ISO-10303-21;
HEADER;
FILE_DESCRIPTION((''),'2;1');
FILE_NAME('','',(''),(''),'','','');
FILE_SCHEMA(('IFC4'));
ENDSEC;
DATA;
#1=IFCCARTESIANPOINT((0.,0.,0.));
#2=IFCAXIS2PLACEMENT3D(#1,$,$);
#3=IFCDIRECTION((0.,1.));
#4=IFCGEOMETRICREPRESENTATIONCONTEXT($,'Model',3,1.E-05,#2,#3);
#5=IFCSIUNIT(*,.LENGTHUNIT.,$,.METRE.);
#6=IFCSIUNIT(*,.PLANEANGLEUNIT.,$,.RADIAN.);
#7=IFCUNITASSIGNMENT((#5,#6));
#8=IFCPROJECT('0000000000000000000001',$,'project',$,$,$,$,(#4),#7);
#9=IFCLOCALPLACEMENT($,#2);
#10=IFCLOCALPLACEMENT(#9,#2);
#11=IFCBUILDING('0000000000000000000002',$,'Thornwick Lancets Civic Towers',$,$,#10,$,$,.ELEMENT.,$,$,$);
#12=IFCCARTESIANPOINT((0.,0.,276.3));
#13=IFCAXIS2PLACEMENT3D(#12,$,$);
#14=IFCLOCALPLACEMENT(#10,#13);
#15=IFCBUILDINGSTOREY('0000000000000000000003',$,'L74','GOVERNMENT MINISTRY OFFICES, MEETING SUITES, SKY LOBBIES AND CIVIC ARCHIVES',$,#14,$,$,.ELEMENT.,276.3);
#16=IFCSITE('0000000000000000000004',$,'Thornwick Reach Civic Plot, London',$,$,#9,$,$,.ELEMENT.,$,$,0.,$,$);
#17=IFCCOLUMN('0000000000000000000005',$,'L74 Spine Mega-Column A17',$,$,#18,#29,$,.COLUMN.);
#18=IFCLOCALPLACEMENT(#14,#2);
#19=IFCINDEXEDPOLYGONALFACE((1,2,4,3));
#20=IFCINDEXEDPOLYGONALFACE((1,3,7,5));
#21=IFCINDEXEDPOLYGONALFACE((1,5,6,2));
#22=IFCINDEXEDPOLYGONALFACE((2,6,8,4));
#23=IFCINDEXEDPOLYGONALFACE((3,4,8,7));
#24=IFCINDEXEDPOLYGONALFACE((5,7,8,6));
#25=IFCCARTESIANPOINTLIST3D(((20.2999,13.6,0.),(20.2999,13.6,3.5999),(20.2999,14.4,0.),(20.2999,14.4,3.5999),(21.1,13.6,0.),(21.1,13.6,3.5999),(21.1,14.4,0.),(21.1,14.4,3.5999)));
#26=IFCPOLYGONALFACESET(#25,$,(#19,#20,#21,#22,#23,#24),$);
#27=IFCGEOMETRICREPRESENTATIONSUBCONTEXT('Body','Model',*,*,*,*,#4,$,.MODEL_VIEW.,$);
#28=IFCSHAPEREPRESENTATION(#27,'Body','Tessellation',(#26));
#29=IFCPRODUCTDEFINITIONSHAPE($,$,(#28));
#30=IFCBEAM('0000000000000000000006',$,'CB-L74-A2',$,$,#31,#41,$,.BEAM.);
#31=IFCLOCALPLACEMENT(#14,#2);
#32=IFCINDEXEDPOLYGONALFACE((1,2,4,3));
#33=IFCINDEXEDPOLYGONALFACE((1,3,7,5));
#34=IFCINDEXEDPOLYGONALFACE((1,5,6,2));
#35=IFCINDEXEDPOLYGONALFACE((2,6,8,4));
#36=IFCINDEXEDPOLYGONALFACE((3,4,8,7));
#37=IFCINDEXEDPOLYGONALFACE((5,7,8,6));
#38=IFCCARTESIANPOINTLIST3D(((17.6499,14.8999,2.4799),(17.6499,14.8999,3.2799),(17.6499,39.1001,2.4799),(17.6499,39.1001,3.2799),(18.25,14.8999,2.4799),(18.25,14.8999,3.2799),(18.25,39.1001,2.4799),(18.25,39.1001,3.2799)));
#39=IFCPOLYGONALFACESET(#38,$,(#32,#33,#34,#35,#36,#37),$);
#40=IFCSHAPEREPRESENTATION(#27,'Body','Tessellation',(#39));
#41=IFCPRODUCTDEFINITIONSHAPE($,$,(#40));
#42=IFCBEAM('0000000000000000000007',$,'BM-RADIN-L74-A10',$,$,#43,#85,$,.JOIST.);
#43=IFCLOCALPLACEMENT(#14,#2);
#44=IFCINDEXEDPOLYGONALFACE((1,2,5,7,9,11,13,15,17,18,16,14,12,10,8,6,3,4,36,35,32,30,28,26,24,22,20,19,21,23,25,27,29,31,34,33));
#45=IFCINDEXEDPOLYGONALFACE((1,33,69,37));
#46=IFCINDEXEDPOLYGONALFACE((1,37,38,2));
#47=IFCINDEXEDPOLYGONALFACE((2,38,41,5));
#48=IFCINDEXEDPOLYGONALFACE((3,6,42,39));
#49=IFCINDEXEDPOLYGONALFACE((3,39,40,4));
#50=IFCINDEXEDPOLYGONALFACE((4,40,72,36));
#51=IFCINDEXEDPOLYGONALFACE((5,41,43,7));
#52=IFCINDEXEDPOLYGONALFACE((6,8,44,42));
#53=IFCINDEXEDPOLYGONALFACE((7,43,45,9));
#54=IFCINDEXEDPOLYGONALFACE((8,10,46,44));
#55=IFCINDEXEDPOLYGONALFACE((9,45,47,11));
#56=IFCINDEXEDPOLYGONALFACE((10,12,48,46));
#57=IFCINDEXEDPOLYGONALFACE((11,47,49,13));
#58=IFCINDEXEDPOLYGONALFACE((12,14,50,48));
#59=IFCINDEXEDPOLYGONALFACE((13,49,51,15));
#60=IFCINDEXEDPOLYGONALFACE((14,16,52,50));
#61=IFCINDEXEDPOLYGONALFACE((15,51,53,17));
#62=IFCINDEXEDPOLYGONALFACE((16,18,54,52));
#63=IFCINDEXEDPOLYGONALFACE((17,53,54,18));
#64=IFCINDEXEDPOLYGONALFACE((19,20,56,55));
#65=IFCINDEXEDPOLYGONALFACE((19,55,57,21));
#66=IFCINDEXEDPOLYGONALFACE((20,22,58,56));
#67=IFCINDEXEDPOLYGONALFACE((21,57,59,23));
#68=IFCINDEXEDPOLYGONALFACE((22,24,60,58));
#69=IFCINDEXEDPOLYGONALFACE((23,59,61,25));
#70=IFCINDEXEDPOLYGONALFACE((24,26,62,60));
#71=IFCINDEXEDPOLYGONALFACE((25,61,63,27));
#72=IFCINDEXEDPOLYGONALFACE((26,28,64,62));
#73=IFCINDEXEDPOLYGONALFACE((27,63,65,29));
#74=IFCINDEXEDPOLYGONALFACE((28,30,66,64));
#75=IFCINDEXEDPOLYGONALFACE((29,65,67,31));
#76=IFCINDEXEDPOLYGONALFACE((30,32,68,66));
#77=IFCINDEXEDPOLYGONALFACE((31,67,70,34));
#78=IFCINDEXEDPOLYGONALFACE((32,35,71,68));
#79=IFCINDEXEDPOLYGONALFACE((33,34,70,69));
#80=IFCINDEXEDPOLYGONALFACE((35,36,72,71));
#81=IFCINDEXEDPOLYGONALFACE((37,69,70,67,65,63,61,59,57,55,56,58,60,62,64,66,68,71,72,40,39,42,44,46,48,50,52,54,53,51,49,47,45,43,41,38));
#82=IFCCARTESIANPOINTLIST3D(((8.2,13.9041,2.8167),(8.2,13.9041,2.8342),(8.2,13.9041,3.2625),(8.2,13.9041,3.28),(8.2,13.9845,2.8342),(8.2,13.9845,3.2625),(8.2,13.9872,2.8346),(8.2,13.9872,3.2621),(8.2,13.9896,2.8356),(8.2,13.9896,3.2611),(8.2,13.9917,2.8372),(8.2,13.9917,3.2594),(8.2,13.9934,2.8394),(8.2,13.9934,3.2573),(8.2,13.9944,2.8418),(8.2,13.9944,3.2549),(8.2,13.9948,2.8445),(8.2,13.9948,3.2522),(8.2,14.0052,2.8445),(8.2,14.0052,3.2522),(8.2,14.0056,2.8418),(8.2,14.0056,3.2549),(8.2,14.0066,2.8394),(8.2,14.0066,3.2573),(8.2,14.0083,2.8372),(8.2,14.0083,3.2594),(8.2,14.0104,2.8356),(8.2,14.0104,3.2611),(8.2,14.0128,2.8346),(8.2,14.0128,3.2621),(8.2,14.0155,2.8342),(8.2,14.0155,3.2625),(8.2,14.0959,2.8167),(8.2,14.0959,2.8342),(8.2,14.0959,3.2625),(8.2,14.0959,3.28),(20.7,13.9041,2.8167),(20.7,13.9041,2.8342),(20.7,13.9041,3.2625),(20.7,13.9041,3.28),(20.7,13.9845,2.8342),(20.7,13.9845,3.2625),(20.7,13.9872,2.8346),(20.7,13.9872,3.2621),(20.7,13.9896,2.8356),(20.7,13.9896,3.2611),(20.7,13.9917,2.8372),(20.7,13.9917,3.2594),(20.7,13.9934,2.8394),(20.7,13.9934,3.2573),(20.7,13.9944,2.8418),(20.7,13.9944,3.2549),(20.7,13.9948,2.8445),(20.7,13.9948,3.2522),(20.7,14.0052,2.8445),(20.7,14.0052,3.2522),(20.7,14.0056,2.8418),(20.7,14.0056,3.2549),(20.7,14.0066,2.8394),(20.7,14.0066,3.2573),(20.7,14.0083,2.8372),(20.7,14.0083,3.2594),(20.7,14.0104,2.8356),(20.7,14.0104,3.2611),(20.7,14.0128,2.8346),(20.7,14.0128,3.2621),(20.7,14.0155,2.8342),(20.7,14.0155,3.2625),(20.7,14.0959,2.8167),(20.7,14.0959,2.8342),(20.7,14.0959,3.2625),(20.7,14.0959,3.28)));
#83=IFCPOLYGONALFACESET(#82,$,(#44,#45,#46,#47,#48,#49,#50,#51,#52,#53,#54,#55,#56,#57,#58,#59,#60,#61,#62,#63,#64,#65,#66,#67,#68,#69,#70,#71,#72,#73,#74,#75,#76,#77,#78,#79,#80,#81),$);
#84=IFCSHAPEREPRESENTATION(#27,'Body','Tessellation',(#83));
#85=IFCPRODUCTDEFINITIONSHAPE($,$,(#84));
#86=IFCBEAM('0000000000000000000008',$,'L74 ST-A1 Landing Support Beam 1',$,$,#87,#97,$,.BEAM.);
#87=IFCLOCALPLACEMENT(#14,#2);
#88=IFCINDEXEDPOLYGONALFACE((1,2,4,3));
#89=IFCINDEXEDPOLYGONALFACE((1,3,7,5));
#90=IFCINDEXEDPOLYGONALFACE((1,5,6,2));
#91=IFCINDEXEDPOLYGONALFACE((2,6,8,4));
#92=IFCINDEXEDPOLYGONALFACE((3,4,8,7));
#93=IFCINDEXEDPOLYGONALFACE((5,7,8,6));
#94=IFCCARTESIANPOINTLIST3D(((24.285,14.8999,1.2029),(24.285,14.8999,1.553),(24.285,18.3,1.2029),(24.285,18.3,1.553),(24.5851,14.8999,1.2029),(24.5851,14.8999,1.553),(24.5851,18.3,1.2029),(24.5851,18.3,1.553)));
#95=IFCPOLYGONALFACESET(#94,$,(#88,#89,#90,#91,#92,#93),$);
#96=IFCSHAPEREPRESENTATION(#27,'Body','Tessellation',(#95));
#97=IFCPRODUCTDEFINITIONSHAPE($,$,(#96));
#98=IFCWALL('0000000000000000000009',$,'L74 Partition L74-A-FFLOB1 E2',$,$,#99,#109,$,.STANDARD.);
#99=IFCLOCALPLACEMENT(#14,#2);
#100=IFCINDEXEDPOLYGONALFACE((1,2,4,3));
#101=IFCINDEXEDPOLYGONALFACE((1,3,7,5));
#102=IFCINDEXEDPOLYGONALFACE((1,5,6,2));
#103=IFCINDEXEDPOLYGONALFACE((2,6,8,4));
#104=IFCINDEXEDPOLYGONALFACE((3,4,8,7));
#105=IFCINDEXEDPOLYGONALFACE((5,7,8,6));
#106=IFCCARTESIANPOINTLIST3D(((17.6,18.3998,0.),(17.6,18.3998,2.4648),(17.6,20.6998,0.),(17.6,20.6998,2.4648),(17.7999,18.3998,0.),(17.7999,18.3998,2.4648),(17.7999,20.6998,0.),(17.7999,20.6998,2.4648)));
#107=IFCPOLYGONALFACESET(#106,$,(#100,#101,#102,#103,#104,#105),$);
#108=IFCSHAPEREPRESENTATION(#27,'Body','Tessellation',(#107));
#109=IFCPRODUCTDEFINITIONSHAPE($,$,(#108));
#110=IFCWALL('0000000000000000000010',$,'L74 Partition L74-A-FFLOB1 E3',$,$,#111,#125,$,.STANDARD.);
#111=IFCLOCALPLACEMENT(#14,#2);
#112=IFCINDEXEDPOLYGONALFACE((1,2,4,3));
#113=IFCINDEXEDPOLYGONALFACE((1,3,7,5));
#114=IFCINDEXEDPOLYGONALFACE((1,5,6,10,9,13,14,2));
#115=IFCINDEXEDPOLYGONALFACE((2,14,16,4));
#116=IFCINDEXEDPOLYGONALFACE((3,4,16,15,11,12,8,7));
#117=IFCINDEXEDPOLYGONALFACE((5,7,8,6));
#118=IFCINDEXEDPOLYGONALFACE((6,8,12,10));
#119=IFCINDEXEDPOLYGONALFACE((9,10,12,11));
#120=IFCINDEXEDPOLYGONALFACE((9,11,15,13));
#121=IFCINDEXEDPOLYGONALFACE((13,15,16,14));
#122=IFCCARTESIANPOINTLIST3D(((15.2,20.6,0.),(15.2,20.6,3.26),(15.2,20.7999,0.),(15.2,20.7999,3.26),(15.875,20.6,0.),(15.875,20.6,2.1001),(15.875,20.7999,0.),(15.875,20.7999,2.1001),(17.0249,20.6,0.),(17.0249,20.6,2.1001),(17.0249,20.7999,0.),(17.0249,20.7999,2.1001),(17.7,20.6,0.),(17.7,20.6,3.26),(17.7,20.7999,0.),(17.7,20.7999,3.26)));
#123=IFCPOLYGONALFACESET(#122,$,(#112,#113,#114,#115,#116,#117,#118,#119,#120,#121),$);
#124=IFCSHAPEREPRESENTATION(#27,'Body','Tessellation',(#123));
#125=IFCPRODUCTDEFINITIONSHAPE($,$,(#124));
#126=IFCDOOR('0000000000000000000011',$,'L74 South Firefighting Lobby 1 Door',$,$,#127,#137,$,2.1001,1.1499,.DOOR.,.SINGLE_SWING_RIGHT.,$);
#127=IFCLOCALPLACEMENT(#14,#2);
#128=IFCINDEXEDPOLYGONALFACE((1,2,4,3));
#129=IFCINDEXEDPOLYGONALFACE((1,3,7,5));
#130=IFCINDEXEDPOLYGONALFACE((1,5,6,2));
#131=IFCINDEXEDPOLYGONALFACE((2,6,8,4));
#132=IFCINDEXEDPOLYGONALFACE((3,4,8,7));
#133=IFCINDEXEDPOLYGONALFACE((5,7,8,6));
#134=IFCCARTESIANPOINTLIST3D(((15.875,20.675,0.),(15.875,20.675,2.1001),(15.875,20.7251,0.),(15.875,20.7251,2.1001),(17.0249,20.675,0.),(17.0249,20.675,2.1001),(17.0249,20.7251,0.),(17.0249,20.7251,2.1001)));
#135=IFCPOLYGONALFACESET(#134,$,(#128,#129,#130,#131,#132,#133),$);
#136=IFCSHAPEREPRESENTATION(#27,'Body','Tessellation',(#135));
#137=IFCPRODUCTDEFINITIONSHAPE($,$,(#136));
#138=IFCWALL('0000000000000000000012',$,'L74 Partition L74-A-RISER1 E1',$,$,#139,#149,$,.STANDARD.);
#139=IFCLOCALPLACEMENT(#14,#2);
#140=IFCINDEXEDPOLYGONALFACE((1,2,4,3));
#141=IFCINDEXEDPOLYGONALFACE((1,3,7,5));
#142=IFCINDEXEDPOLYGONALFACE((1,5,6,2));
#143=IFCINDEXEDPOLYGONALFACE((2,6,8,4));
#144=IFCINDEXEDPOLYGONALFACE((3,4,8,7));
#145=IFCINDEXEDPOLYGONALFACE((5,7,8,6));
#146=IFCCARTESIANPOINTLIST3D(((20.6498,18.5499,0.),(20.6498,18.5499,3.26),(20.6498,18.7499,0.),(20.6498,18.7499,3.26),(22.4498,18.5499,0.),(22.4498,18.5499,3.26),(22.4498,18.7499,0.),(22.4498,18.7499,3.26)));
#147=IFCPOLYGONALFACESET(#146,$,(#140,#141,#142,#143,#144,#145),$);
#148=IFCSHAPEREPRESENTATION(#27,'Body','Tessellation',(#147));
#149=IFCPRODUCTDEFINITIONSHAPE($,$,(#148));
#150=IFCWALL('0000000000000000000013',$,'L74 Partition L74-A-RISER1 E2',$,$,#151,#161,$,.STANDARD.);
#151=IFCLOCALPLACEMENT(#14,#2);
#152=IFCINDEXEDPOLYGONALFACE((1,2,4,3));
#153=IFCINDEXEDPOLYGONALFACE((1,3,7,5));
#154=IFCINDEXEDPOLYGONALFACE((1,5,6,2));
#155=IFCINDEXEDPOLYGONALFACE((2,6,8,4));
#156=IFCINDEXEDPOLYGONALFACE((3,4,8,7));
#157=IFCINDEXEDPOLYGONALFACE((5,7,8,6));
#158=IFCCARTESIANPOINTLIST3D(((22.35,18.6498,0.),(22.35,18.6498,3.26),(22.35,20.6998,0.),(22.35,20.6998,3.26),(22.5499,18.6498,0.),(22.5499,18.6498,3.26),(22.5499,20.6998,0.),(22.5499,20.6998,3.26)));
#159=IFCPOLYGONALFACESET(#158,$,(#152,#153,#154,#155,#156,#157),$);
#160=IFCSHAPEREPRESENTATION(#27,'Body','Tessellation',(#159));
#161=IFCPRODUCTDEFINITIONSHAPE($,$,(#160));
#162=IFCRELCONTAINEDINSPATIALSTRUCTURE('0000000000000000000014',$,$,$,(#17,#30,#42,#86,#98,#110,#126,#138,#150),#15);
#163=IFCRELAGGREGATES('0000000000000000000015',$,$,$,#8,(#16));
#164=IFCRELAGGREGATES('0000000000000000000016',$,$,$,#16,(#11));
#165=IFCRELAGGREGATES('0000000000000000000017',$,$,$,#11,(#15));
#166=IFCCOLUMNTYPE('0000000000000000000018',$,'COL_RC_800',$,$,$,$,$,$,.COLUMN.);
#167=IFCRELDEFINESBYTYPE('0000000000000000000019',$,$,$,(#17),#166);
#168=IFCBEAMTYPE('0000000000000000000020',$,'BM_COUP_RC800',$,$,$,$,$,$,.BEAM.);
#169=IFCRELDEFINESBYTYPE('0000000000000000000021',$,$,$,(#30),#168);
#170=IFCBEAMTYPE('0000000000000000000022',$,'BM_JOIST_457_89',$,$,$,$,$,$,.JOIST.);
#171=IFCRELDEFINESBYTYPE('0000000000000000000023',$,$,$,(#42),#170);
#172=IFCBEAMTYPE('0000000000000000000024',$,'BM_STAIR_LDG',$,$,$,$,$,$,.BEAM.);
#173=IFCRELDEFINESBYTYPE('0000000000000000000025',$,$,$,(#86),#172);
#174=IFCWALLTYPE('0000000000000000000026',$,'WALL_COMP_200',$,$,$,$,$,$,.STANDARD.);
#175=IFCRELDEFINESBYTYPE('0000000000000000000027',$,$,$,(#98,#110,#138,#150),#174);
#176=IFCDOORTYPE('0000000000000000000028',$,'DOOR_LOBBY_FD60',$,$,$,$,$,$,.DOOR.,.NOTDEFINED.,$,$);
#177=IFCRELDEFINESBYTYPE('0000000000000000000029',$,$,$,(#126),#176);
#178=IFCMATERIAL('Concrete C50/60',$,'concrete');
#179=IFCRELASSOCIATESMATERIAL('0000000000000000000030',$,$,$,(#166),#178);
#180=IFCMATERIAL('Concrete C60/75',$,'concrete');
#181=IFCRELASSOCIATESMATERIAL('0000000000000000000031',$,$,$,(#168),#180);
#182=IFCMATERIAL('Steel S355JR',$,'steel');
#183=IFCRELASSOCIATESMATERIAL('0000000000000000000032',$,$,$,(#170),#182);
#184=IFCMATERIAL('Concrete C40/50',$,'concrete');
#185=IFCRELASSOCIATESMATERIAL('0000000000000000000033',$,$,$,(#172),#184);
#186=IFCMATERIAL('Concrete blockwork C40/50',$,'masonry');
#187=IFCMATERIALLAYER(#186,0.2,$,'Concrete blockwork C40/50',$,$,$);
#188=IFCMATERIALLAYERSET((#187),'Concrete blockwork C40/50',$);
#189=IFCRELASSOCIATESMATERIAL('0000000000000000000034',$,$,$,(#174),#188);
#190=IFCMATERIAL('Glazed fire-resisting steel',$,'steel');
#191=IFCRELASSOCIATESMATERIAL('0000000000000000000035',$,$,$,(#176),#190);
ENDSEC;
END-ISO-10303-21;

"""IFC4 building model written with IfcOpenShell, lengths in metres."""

from ifc_helpers import new_model, si_unit, direction, frame, frame_2d, origin, origin_2d, place, context, subcontext, project, spatial, rectangle, i_section, extrude, material, layer, layer_set, material_profile, profile_set, type_object, element, fill, save


model = new_model("IFC4")

# Units and contexts
model_context = context("Model", 3, precision=1e-05, world=origin(), true_north=direction((0.0, 1.0)))
body_context = subcontext(model_context, "Body", "Model", "MODEL_VIEW")
ifc_project = project(units=[si_unit("LENGTHUNIT", "METRE"), si_unit("PLANEANGLEUNIT", "RADIAN")], contexts=[model_context])

# Site, building, storey
site_placement = place(None, origin())
site = spatial("IfcSite", under=ifc_project, at=site_placement, Name="Thornwick Reach Civic Plot, London", CompositionType="ELEMENT", RefElevation=0.0)
building_placement = place(site_placement, origin())
building = spatial("IfcBuilding", under=site, at=building_placement, Name="Thornwick Lancets Civic Towers", CompositionType="ELEMENT")
storey_placement = place(building_placement, frame((0.0, 0.0, 276.3)))
storey = spatial("IfcBuildingStorey", under=building, at=storey_placement, Name="L74", Description="GOVERNMENT MINISTRY OFFICES, MEETING SUITES, SKY LOBBIES AND CIVIC ARCHIVES", CompositionType="ELEMENT", Elevation=276.3)

# Column
ifc_material_1 = material(Name="Concrete C50/60", Category="concrete")
ifc_material_profile_1 = material_profile(ifc_material_1, rectangle(XDim=0.8, YDim=0.8, at=origin_2d()), Name="RC 800x800")
ifc_profile_set_1 = profile_set([ifc_material_profile_1], Name="Concrete C50/60")
column_type = type_object("IfcColumnType", Name="COL_RC_800", PredefinedType="COLUMN", material=ifc_profile_set_1)
column_placement = place(storey_placement, frame((20.7, 14.0, 0.0), z_axis=(0.0, 0.0, 1.0), x_axis=(1.0, 0.0, 0.0)))
element("IfcColumn", 1, at=column_placement, inside=storey, type_object=column_type, Name="L74 Spine Mega-Column A17", PredefinedType="COLUMN", context=body_context, shape_type="SweptSolid", body=[
    extrude(rectangle(XDim=0.8, YDim=0.8, at=origin_2d()), origin(), (0.0, 0.0, 1.0), 3.5999),
])

# Beams
ifc_material_2 = material(Name="Concrete C60/75", Category="concrete")
ifc_material_profile_2 = material_profile(ifc_material_2, rectangle(XDim=0.6001, YDim=0.8, at=origin_2d()), Name="RC 600x800")
ifc_profile_set_2 = profile_set([ifc_material_profile_2], Name="Concrete C60/75")
beam_type_1 = type_object("IfcBeamType", Name="BM_COUP_RC800", PredefinedType="BEAM", material=ifc_profile_set_2)
beam_1_placement = place(storey_placement, frame((17.95, 14.8999, 2.8799), z_axis=(0.0, 1.0, 0.0), x_axis=(-1.0, 0.0, 0.0)))
element("IfcBeam", 2, at=beam_1_placement, inside=storey, type_object=beam_type_1, Name="CB-L74-A2", PredefinedType="BEAM", context=body_context, shape_type="SweptSolid", body=[
    extrude(rectangle(XDim=0.6001, YDim=0.8, at=origin_2d()), origin(), (0.0, 0.0, 1.0), 24.2002),
])
ifc_material_3 = material(Name="Steel S355JR", Category="steel")
ifc_material_profile_3 = material_profile(ifc_material_3, i_section(OverallWidth=0.1919, OverallDepth=0.4634, WebThickness=0.0105, FlangeThickness=0.0176, FilletRadius=0.0103, at=origin_2d()), Name="UKB 457x191x89")
ifc_profile_set_3 = profile_set([ifc_material_profile_3], Name="Steel S355JR")
beam_type_2 = type_object("IfcBeamType", Name="BM_JOIST_457_89", PredefinedType="JOIST", material=ifc_profile_set_3)
beam_2_placement = place(storey_placement, frame((20.7, 14.0, 3.0483), z_axis=(-1.0, 0.0, 0.0), x_axis=(0.0, -1.0, 0.0)))
element("IfcBeam", 3, at=beam_2_placement, inside=storey, type_object=beam_type_2, Name="BM-RADIN-L74-A10", PredefinedType="JOIST", context=body_context, shape_type="SweptSolid", body=[
    extrude(i_section(OverallWidth=0.1919, OverallDepth=0.4634, WebThickness=0.0105, FlangeThickness=0.0176, FilletRadius=0.0103, at=origin_2d()), origin(), (0.0, 0.0, 1.0), 12.5),
])
ifc_material_4 = material(Name="Concrete C40/50", Category="concrete")
ifc_material_profile_4 = material_profile(ifc_material_4, rectangle(XDim=0.3, YDim=0.3501, at=origin_2d()), Name="RC 300x350")
ifc_profile_set_4 = profile_set([ifc_material_profile_4], Name="Concrete C40/50")
beam_type_3 = type_object("IfcBeamType", Name="BM_STAIR_LDG", PredefinedType="BEAM", material=ifc_profile_set_4)
beam_3_placement = place(storey_placement, frame((24.4351, 14.8999, 1.3779), z_axis=(0.0, 1.0, 0.0), x_axis=(-1.0, 0.0, 0.0)))
element("IfcBeam", 4, at=beam_3_placement, inside=storey, type_object=beam_type_3, Name="L74 ST-A1 Landing Support Beam 1", PredefinedType="BEAM", context=body_context, shape_type="SweptSolid", body=[
    extrude(rectangle(XDim=0.3, YDim=0.3501, at=origin_2d()), origin(), (0.0, 0.0, 1.0), 3.4001),
])

# Wall
ifc_material_5 = material(Name="Concrete blockwork C40/50", Category="masonry")
ifc_layer_1 = layer(ifc_material_5, 0.2, Name="Concrete blockwork C40/50")
ifc_layer_set_1 = layer_set([ifc_layer_1], Name="Concrete blockwork C40/50")
wall_type_1 = type_object("IfcWallType", Name="WALL_COMP_200", PredefinedType="STANDARD", material=ifc_layer_set_1)
wall_1_placement = place(storey_placement, frame((17.7, 18.3999, 0.0), z_axis=(0.0, 0.0, 1.0), x_axis=(0.0, 1.0, 0.0)))
element("IfcWall", 5, at=wall_1_placement, inside=storey, type_object=wall_type_1, Name="L74 Partition L74-A-FFLOB1 E2", PredefinedType="STANDARD", context=body_context, shape_type="SweptSolid", body=[
    extrude(rectangle(XDim=2.3, YDim=0.2, at=frame_2d((1.1499, 0.0))), origin(), (0.0, 0.0, 1.0), 2.4648),
])

# Wall, opening, door
wall_2_placement = place(storey_placement, frame((17.7, 20.7, 0.0), z_axis=(0.0, 0.0, 1.0), x_axis=(-1.0, 0.0, 0.0)))
wall_2 = element("IfcWall", 6, at=wall_2_placement, inside=storey, type_object=wall_type_1, Name="L74 Partition L74-A-FFLOB1 E3", PredefinedType="STANDARD", context=body_context, shape_type="SweptSolid", body=[
    extrude(rectangle(XDim=2.5, YDim=0.2, at=frame_2d((1.25, 0.0))), origin(), (0.0, 0.0, 1.0), 3.26),
])
opening_1_placement = place(wall_2_placement, frame((0.675, 0.0, 0.0)))
opening_1 = element("IfcOpeningElement", 7, at=opening_1_placement, cuts=wall_2, PredefinedType="OPENING", context=body_context, shape_type="SweptSolid", body=[
    extrude(rectangle(XDim=1.1499, YDim=2.1001, at=frame_2d((0.575, 1.05))), frame((0.0, 0.1099, 0.0), z_axis=(0.0, -1.0, 0.0), x_axis=(1.0, 0.0, 0.0)), (0.0, 0.0, 1.0), 0.22),
])
ifc_material_6 = material(Name="Glazed fire-resisting steel", Category="steel")
door_type_1 = type_object("IfcDoorType", Name="DOOR_LOBBY_FD60", OperationType="NOTDEFINED", PredefinedType="DOOR", material=ifc_material_6)
door_1_placement = place(opening_1_placement, origin())
door_1 = element("IfcDoor", 8, at=door_1_placement, inside=storey, type_object=door_type_1, Name="L74 South Firefighting Lobby 1 Door", OperationType="SINGLE_SWING_RIGHT", OverallHeight=2.1001, OverallWidth=1.1499, PredefinedType="DOOR", context=body_context, shape_type="SweptSolid", body=[
    extrude(rectangle(XDim=1.1499, YDim=2.1001, at=frame_2d((0.575, 1.05))), frame((0.0, 0.0249, 0.0), z_axis=(0.0, -1.0, 0.0), x_axis=(1.0, 0.0, 0.0)), (0.0, 0.0, 1.0), 0.05),
])
fill(opening_1, door_1)

# Walls
wall_3_placement = place(storey_placement, frame((20.6499, 18.6499, 0.0), z_axis=(0.0, 0.0, 1.0), x_axis=(1.0, 0.0, 0.0)))
element("IfcWall", 9, at=wall_3_placement, inside=storey, type_object=wall_type_1, Name="L74 Partition L74-A-RISER1 E1", PredefinedType="STANDARD", context=body_context, shape_type="SweptSolid", body=[
    extrude(rectangle(XDim=1.8, YDim=0.2, at=frame_2d((0.8999, 0.0))), origin(), (0.0, 0.0, 1.0), 3.26),
])
wall_4_placement = place(storey_placement, frame((22.45, 18.6499, 0.0), z_axis=(0.0, 0.0, 1.0), x_axis=(0.0, 1.0, 0.0)))
element("IfcWall", 10, at=wall_4_placement, inside=storey, type_object=wall_type_1, Name="L74 Partition L74-A-RISER1 E2", PredefinedType="STANDARD", context=body_context, shape_type="SweptSolid", body=[
    extrude(rectangle(XDim=2.05, YDim=0.2, at=frame_2d((1.0249, 0.0))), origin(), (0.0, 0.0, 1.0), 3.26),
])

save(model, "model.ifc")
